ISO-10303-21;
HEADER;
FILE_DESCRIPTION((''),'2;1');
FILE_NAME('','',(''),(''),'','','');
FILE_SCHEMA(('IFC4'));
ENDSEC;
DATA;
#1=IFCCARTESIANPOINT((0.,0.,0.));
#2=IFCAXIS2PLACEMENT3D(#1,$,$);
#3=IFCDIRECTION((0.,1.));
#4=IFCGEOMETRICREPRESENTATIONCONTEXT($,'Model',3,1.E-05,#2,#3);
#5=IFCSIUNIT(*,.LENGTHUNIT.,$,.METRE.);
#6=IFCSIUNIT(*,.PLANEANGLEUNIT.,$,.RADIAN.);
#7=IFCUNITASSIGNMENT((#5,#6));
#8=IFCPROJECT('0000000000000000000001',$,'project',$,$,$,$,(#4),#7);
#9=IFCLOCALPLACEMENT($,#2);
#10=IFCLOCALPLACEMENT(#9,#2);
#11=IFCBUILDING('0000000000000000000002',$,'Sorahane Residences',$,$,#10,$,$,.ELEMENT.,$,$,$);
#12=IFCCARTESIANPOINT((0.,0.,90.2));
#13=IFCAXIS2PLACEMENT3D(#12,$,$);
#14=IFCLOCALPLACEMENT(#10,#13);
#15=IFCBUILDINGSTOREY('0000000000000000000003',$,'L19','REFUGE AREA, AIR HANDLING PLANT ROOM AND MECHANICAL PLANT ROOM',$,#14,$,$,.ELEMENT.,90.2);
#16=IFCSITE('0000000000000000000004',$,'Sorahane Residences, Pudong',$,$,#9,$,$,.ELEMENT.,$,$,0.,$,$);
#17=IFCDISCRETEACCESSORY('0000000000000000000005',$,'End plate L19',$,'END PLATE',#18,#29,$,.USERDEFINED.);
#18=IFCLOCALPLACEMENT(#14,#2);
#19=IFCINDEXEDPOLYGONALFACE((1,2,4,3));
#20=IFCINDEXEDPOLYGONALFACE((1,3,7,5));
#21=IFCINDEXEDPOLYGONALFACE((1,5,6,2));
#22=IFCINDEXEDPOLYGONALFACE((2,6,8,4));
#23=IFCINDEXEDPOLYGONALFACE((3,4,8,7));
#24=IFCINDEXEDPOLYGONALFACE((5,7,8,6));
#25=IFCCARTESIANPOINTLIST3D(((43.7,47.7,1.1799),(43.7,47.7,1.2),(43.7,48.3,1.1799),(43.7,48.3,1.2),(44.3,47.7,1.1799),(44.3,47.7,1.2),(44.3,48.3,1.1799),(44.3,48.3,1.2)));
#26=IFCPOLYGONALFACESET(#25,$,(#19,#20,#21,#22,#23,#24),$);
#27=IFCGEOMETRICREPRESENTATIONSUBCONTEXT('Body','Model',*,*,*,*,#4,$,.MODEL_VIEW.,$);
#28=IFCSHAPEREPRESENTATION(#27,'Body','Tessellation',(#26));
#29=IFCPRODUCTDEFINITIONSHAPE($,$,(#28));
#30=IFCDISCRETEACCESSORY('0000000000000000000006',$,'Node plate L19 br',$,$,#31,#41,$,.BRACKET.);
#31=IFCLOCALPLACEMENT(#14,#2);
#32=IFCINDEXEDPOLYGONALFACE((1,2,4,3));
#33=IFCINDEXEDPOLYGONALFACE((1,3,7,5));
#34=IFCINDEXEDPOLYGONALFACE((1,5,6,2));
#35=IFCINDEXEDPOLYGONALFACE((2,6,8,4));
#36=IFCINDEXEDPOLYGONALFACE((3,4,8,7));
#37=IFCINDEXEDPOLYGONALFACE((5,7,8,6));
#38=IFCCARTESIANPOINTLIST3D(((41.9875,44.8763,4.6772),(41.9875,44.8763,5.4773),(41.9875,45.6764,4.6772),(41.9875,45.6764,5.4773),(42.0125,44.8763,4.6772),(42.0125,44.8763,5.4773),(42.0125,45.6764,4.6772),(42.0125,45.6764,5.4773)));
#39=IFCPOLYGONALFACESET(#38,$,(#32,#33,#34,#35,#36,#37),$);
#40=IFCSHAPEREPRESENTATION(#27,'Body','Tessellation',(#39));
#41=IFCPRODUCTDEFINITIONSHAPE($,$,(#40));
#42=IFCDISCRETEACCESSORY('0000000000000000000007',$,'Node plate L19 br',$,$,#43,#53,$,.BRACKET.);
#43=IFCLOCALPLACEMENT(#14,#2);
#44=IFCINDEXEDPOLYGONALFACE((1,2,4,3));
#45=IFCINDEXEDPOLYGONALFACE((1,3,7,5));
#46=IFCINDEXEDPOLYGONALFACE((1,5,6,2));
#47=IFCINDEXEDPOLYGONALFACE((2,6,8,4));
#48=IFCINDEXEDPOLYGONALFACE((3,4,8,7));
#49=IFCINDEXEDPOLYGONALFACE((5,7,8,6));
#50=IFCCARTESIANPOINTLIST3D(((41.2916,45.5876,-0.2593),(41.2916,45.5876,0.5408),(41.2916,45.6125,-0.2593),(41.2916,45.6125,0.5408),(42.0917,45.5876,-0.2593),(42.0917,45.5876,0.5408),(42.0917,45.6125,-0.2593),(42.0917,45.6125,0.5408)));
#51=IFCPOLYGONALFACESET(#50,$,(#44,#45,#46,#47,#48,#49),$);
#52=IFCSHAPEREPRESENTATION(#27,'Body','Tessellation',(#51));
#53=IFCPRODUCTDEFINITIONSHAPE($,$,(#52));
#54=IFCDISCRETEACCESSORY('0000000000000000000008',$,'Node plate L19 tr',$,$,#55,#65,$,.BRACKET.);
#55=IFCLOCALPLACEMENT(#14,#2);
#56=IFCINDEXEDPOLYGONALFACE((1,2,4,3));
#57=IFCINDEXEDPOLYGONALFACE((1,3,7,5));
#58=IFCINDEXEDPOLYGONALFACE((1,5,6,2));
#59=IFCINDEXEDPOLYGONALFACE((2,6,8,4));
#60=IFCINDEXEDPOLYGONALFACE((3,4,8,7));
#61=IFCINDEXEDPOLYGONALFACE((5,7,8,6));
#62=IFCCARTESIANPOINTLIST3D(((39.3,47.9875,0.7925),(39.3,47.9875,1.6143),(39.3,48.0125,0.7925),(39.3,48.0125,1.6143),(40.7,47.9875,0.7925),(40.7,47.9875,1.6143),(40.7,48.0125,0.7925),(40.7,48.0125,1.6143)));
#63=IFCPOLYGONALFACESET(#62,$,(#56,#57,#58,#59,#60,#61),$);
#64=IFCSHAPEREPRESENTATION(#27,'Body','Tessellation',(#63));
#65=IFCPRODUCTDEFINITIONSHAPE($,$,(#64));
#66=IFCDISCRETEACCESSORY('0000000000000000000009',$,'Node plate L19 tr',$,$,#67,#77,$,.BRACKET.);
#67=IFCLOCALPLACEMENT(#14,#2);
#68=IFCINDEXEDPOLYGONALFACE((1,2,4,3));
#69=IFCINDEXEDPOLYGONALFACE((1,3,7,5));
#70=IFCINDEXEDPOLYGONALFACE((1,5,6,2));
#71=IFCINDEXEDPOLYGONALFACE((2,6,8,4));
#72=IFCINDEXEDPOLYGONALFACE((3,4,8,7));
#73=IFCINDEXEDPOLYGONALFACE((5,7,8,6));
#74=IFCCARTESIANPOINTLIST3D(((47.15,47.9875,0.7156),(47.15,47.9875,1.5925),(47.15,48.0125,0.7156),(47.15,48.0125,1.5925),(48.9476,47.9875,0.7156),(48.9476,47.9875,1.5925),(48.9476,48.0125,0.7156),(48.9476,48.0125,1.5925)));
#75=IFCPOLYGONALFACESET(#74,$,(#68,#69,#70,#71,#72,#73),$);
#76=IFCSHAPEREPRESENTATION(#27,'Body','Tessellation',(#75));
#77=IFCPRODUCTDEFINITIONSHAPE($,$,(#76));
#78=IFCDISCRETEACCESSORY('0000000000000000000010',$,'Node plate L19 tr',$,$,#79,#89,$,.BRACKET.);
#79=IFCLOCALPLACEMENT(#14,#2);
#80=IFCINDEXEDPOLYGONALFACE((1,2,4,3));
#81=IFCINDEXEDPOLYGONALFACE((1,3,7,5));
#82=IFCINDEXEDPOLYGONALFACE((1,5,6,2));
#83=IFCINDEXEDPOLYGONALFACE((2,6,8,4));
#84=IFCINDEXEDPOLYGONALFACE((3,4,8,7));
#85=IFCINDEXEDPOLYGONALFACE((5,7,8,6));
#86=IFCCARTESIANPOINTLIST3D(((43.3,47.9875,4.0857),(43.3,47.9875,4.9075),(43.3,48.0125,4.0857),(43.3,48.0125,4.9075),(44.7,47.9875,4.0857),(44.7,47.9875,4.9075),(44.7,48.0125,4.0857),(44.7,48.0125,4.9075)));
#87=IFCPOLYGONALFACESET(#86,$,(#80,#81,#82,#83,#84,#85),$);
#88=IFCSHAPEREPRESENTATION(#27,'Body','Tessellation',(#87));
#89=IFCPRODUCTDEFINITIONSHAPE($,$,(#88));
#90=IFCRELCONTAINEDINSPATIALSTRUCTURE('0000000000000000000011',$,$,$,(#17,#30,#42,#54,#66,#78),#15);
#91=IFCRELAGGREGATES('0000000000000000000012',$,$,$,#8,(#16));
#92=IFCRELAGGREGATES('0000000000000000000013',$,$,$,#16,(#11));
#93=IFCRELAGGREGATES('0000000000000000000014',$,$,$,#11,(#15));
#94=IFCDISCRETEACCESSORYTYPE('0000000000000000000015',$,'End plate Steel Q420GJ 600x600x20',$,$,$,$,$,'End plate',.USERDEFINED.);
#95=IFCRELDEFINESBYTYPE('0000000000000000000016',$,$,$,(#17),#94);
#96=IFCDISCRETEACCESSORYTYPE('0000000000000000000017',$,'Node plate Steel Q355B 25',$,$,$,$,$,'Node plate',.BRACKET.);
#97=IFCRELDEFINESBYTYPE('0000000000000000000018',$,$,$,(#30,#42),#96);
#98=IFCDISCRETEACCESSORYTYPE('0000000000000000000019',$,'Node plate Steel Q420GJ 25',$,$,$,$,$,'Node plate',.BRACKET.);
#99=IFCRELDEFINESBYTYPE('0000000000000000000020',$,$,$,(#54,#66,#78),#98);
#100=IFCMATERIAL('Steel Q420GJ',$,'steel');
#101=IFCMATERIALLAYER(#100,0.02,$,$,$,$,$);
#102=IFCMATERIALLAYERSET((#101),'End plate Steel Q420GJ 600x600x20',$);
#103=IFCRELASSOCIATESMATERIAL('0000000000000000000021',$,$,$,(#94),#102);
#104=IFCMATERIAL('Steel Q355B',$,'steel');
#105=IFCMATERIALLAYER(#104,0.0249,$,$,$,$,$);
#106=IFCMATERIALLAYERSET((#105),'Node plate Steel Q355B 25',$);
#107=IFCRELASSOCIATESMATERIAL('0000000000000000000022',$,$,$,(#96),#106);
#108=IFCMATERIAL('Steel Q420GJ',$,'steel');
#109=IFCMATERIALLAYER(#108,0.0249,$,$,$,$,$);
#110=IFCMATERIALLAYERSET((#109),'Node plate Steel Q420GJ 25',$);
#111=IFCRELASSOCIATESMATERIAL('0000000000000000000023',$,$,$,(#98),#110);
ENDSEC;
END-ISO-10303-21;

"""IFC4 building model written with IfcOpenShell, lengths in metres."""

from ifc_helpers import new_model, si_unit, direction, frame, origin, origin_2d, place, context, subcontext, project, spatial, rectangle, extrude, material, layer, layer_set, type_object, element, save


model = new_model("IFC4")

# Units and contexts
model_context = context("Model", 3, precision=1e-05, world=origin(), true_north=direction((0.0, 1.0)))
body_context = subcontext(model_context, "Body", "Model", "MODEL_VIEW")
ifc_project = project(units=[si_unit("LENGTHUNIT", "METRE"), si_unit("PLANEANGLEUNIT", "RADIAN")], contexts=[model_context])

# Site, building, storey
site_placement = place(None, origin())
site = spatial("IfcSite", under=ifc_project, at=site_placement, Name="Sorahane Residences, Pudong", CompositionType="ELEMENT", RefElevation=0.0)
building_placement = place(site_placement, origin())
building = spatial("IfcBuilding", under=site, at=building_placement, Name="Sorahane Residences", CompositionType="ELEMENT")
storey_placement = place(building_placement, frame((0.0, 0.0, 90.2)))
storey = spatial("IfcBuildingStorey", under=building, at=storey_placement, Name="L19", Description="REFUGE AREA, AIR HANDLING PLANT ROOM AND MECHANICAL PLANT ROOM", CompositionType="ELEMENT", Elevation=90.2)

# Discrete accessories
ifc_material_1 = material(Name="Steel Q420GJ", Category="steel")
ifc_layer_1 = layer(ifc_material_1, 0.02)
ifc_layer_set_1 = layer_set([ifc_layer_1], Name="End plate Steel Q420GJ 600x600x20")
discrete_accessory_type_1 = type_object("IfcDiscreteAccessoryType", Name="End plate Steel Q420GJ 600x600x20", ElementType="End plate", PredefinedType="USERDEFINED", material=ifc_layer_set_1)
for number, where, z_axis, x_axis, name in (
    (1, (44.0, 48.0, 1.1799), (0.0, 0.0, 1.0), (1.0, 0.0, 0.0), "End plate L19"),
):
    element("IfcDiscreteAccessory", number, at=place(storey_placement, frame(where, z_axis=z_axis, x_axis=x_axis)), inside=storey, type_object=discrete_accessory_type_1, Name=name, ObjectType="END PLATE", PredefinedType="USERDEFINED", context=body_context, shape_type="SweptSolid", body=[
        extrude(rectangle(XDim=0.6001, YDim=0.6001, at=origin_2d()), origin(), (0.0, 0.0, 1.0), 0.02),
    ])
ifc_material_2 = material(Name="Steel Q355B", Category="steel")
ifc_layer_2 = layer(ifc_material_2, 0.0249)
ifc_layer_set_2 = layer_set([ifc_layer_2], Name="Node plate Steel Q355B 25")
discrete_accessory_type_2 = type_object("IfcDiscreteAccessoryType", Name="Node plate Steel Q355B 25", ElementType="Node plate", PredefinedType="BRACKET", material=ifc_layer_set_2)
for number, where, z_axis, x_axis, name in (
    (2, (42.0, 45.2764, 4.6772), (0.0, 0.0, 1.0), (0.0, 1.0, 0.0), "Node plate L19 br"),
    (3, (41.6917, 45.6001, -0.2593), (0.0, 0.0, 1.0), (1.0, 0.0, 0.0), "Node plate L19 br"),
):
    element("IfcDiscreteAccessory", number, at=place(storey_placement, frame(where, z_axis=z_axis, x_axis=x_axis)), inside=storey, type_object=discrete_accessory_type_2, Name=name, PredefinedType="BRACKET", context=body_context, shape_type="SweptSolid", body=[
        extrude(rectangle(XDim=0.8, YDim=0.0249, at=origin_2d()), origin(), (0.0, 0.0, 1.0), 0.8),
    ])
ifc_material_3 = material(Name="Steel Q420GJ", Category="steel")
ifc_layer_3 = layer(ifc_material_3, 0.0249)
ifc_layer_set_3 = layer_set([ifc_layer_3], Name="Node plate Steel Q420GJ 25")
discrete_accessory_type_3 = type_object("IfcDiscreteAccessoryType", Name="Node plate Steel Q420GJ 25", ElementType="Node plate", PredefinedType="BRACKET", material=ifc_layer_set_3)
discrete_accessory_1_placement = place(storey_placement, frame((40.0, 48.0, 0.7925), z_axis=(0.0, 0.0, 1.0), x_axis=(1.0, 0.0, 0.0)))
element("IfcDiscreteAccessory", 4, at=discrete_accessory_1_placement, inside=storey, type_object=discrete_accessory_type_3, Name="Node plate L19 tr", PredefinedType="BRACKET", context=body_context, shape_type="SweptSolid", body=[
    extrude(rectangle(XDim=1.3999, YDim=0.0249, at=origin_2d()), origin(), (0.0, 0.0, 1.0), 0.8218),
])
discrete_accessory_2_placement = place(storey_placement, frame((48.0488, 48.0, 0.7156), z_axis=(0.0, 0.0, 1.0), x_axis=(1.0, 0.0, 0.0)))
element("IfcDiscreteAccessory", 5, at=discrete_accessory_2_placement, inside=storey, type_object=discrete_accessory_type_3, Name="Node plate L19 tr", PredefinedType="BRACKET", context=body_context, shape_type="SweptSolid", body=[
    extrude(rectangle(XDim=1.7976, YDim=0.0249, at=origin_2d()), origin(), (0.0, 0.0, 1.0), 0.877),
])
discrete_accessory_3_placement = place(storey_placement, frame((44.0, 48.0, 4.0857), z_axis=(0.0, 0.0, 1.0), x_axis=(1.0, 0.0, 0.0)))
element("IfcDiscreteAccessory", 6, at=discrete_accessory_3_placement, inside=storey, type_object=discrete_accessory_type_3, Name="Node plate L19 tr", PredefinedType="BRACKET", context=body_context, shape_type="SweptSolid", body=[
    extrude(rectangle(XDim=1.3999, YDim=0.0249, at=origin_2d()), origin(), (0.0, 0.0, 1.0), 0.8218),
])

save(model, "model.ifc")
